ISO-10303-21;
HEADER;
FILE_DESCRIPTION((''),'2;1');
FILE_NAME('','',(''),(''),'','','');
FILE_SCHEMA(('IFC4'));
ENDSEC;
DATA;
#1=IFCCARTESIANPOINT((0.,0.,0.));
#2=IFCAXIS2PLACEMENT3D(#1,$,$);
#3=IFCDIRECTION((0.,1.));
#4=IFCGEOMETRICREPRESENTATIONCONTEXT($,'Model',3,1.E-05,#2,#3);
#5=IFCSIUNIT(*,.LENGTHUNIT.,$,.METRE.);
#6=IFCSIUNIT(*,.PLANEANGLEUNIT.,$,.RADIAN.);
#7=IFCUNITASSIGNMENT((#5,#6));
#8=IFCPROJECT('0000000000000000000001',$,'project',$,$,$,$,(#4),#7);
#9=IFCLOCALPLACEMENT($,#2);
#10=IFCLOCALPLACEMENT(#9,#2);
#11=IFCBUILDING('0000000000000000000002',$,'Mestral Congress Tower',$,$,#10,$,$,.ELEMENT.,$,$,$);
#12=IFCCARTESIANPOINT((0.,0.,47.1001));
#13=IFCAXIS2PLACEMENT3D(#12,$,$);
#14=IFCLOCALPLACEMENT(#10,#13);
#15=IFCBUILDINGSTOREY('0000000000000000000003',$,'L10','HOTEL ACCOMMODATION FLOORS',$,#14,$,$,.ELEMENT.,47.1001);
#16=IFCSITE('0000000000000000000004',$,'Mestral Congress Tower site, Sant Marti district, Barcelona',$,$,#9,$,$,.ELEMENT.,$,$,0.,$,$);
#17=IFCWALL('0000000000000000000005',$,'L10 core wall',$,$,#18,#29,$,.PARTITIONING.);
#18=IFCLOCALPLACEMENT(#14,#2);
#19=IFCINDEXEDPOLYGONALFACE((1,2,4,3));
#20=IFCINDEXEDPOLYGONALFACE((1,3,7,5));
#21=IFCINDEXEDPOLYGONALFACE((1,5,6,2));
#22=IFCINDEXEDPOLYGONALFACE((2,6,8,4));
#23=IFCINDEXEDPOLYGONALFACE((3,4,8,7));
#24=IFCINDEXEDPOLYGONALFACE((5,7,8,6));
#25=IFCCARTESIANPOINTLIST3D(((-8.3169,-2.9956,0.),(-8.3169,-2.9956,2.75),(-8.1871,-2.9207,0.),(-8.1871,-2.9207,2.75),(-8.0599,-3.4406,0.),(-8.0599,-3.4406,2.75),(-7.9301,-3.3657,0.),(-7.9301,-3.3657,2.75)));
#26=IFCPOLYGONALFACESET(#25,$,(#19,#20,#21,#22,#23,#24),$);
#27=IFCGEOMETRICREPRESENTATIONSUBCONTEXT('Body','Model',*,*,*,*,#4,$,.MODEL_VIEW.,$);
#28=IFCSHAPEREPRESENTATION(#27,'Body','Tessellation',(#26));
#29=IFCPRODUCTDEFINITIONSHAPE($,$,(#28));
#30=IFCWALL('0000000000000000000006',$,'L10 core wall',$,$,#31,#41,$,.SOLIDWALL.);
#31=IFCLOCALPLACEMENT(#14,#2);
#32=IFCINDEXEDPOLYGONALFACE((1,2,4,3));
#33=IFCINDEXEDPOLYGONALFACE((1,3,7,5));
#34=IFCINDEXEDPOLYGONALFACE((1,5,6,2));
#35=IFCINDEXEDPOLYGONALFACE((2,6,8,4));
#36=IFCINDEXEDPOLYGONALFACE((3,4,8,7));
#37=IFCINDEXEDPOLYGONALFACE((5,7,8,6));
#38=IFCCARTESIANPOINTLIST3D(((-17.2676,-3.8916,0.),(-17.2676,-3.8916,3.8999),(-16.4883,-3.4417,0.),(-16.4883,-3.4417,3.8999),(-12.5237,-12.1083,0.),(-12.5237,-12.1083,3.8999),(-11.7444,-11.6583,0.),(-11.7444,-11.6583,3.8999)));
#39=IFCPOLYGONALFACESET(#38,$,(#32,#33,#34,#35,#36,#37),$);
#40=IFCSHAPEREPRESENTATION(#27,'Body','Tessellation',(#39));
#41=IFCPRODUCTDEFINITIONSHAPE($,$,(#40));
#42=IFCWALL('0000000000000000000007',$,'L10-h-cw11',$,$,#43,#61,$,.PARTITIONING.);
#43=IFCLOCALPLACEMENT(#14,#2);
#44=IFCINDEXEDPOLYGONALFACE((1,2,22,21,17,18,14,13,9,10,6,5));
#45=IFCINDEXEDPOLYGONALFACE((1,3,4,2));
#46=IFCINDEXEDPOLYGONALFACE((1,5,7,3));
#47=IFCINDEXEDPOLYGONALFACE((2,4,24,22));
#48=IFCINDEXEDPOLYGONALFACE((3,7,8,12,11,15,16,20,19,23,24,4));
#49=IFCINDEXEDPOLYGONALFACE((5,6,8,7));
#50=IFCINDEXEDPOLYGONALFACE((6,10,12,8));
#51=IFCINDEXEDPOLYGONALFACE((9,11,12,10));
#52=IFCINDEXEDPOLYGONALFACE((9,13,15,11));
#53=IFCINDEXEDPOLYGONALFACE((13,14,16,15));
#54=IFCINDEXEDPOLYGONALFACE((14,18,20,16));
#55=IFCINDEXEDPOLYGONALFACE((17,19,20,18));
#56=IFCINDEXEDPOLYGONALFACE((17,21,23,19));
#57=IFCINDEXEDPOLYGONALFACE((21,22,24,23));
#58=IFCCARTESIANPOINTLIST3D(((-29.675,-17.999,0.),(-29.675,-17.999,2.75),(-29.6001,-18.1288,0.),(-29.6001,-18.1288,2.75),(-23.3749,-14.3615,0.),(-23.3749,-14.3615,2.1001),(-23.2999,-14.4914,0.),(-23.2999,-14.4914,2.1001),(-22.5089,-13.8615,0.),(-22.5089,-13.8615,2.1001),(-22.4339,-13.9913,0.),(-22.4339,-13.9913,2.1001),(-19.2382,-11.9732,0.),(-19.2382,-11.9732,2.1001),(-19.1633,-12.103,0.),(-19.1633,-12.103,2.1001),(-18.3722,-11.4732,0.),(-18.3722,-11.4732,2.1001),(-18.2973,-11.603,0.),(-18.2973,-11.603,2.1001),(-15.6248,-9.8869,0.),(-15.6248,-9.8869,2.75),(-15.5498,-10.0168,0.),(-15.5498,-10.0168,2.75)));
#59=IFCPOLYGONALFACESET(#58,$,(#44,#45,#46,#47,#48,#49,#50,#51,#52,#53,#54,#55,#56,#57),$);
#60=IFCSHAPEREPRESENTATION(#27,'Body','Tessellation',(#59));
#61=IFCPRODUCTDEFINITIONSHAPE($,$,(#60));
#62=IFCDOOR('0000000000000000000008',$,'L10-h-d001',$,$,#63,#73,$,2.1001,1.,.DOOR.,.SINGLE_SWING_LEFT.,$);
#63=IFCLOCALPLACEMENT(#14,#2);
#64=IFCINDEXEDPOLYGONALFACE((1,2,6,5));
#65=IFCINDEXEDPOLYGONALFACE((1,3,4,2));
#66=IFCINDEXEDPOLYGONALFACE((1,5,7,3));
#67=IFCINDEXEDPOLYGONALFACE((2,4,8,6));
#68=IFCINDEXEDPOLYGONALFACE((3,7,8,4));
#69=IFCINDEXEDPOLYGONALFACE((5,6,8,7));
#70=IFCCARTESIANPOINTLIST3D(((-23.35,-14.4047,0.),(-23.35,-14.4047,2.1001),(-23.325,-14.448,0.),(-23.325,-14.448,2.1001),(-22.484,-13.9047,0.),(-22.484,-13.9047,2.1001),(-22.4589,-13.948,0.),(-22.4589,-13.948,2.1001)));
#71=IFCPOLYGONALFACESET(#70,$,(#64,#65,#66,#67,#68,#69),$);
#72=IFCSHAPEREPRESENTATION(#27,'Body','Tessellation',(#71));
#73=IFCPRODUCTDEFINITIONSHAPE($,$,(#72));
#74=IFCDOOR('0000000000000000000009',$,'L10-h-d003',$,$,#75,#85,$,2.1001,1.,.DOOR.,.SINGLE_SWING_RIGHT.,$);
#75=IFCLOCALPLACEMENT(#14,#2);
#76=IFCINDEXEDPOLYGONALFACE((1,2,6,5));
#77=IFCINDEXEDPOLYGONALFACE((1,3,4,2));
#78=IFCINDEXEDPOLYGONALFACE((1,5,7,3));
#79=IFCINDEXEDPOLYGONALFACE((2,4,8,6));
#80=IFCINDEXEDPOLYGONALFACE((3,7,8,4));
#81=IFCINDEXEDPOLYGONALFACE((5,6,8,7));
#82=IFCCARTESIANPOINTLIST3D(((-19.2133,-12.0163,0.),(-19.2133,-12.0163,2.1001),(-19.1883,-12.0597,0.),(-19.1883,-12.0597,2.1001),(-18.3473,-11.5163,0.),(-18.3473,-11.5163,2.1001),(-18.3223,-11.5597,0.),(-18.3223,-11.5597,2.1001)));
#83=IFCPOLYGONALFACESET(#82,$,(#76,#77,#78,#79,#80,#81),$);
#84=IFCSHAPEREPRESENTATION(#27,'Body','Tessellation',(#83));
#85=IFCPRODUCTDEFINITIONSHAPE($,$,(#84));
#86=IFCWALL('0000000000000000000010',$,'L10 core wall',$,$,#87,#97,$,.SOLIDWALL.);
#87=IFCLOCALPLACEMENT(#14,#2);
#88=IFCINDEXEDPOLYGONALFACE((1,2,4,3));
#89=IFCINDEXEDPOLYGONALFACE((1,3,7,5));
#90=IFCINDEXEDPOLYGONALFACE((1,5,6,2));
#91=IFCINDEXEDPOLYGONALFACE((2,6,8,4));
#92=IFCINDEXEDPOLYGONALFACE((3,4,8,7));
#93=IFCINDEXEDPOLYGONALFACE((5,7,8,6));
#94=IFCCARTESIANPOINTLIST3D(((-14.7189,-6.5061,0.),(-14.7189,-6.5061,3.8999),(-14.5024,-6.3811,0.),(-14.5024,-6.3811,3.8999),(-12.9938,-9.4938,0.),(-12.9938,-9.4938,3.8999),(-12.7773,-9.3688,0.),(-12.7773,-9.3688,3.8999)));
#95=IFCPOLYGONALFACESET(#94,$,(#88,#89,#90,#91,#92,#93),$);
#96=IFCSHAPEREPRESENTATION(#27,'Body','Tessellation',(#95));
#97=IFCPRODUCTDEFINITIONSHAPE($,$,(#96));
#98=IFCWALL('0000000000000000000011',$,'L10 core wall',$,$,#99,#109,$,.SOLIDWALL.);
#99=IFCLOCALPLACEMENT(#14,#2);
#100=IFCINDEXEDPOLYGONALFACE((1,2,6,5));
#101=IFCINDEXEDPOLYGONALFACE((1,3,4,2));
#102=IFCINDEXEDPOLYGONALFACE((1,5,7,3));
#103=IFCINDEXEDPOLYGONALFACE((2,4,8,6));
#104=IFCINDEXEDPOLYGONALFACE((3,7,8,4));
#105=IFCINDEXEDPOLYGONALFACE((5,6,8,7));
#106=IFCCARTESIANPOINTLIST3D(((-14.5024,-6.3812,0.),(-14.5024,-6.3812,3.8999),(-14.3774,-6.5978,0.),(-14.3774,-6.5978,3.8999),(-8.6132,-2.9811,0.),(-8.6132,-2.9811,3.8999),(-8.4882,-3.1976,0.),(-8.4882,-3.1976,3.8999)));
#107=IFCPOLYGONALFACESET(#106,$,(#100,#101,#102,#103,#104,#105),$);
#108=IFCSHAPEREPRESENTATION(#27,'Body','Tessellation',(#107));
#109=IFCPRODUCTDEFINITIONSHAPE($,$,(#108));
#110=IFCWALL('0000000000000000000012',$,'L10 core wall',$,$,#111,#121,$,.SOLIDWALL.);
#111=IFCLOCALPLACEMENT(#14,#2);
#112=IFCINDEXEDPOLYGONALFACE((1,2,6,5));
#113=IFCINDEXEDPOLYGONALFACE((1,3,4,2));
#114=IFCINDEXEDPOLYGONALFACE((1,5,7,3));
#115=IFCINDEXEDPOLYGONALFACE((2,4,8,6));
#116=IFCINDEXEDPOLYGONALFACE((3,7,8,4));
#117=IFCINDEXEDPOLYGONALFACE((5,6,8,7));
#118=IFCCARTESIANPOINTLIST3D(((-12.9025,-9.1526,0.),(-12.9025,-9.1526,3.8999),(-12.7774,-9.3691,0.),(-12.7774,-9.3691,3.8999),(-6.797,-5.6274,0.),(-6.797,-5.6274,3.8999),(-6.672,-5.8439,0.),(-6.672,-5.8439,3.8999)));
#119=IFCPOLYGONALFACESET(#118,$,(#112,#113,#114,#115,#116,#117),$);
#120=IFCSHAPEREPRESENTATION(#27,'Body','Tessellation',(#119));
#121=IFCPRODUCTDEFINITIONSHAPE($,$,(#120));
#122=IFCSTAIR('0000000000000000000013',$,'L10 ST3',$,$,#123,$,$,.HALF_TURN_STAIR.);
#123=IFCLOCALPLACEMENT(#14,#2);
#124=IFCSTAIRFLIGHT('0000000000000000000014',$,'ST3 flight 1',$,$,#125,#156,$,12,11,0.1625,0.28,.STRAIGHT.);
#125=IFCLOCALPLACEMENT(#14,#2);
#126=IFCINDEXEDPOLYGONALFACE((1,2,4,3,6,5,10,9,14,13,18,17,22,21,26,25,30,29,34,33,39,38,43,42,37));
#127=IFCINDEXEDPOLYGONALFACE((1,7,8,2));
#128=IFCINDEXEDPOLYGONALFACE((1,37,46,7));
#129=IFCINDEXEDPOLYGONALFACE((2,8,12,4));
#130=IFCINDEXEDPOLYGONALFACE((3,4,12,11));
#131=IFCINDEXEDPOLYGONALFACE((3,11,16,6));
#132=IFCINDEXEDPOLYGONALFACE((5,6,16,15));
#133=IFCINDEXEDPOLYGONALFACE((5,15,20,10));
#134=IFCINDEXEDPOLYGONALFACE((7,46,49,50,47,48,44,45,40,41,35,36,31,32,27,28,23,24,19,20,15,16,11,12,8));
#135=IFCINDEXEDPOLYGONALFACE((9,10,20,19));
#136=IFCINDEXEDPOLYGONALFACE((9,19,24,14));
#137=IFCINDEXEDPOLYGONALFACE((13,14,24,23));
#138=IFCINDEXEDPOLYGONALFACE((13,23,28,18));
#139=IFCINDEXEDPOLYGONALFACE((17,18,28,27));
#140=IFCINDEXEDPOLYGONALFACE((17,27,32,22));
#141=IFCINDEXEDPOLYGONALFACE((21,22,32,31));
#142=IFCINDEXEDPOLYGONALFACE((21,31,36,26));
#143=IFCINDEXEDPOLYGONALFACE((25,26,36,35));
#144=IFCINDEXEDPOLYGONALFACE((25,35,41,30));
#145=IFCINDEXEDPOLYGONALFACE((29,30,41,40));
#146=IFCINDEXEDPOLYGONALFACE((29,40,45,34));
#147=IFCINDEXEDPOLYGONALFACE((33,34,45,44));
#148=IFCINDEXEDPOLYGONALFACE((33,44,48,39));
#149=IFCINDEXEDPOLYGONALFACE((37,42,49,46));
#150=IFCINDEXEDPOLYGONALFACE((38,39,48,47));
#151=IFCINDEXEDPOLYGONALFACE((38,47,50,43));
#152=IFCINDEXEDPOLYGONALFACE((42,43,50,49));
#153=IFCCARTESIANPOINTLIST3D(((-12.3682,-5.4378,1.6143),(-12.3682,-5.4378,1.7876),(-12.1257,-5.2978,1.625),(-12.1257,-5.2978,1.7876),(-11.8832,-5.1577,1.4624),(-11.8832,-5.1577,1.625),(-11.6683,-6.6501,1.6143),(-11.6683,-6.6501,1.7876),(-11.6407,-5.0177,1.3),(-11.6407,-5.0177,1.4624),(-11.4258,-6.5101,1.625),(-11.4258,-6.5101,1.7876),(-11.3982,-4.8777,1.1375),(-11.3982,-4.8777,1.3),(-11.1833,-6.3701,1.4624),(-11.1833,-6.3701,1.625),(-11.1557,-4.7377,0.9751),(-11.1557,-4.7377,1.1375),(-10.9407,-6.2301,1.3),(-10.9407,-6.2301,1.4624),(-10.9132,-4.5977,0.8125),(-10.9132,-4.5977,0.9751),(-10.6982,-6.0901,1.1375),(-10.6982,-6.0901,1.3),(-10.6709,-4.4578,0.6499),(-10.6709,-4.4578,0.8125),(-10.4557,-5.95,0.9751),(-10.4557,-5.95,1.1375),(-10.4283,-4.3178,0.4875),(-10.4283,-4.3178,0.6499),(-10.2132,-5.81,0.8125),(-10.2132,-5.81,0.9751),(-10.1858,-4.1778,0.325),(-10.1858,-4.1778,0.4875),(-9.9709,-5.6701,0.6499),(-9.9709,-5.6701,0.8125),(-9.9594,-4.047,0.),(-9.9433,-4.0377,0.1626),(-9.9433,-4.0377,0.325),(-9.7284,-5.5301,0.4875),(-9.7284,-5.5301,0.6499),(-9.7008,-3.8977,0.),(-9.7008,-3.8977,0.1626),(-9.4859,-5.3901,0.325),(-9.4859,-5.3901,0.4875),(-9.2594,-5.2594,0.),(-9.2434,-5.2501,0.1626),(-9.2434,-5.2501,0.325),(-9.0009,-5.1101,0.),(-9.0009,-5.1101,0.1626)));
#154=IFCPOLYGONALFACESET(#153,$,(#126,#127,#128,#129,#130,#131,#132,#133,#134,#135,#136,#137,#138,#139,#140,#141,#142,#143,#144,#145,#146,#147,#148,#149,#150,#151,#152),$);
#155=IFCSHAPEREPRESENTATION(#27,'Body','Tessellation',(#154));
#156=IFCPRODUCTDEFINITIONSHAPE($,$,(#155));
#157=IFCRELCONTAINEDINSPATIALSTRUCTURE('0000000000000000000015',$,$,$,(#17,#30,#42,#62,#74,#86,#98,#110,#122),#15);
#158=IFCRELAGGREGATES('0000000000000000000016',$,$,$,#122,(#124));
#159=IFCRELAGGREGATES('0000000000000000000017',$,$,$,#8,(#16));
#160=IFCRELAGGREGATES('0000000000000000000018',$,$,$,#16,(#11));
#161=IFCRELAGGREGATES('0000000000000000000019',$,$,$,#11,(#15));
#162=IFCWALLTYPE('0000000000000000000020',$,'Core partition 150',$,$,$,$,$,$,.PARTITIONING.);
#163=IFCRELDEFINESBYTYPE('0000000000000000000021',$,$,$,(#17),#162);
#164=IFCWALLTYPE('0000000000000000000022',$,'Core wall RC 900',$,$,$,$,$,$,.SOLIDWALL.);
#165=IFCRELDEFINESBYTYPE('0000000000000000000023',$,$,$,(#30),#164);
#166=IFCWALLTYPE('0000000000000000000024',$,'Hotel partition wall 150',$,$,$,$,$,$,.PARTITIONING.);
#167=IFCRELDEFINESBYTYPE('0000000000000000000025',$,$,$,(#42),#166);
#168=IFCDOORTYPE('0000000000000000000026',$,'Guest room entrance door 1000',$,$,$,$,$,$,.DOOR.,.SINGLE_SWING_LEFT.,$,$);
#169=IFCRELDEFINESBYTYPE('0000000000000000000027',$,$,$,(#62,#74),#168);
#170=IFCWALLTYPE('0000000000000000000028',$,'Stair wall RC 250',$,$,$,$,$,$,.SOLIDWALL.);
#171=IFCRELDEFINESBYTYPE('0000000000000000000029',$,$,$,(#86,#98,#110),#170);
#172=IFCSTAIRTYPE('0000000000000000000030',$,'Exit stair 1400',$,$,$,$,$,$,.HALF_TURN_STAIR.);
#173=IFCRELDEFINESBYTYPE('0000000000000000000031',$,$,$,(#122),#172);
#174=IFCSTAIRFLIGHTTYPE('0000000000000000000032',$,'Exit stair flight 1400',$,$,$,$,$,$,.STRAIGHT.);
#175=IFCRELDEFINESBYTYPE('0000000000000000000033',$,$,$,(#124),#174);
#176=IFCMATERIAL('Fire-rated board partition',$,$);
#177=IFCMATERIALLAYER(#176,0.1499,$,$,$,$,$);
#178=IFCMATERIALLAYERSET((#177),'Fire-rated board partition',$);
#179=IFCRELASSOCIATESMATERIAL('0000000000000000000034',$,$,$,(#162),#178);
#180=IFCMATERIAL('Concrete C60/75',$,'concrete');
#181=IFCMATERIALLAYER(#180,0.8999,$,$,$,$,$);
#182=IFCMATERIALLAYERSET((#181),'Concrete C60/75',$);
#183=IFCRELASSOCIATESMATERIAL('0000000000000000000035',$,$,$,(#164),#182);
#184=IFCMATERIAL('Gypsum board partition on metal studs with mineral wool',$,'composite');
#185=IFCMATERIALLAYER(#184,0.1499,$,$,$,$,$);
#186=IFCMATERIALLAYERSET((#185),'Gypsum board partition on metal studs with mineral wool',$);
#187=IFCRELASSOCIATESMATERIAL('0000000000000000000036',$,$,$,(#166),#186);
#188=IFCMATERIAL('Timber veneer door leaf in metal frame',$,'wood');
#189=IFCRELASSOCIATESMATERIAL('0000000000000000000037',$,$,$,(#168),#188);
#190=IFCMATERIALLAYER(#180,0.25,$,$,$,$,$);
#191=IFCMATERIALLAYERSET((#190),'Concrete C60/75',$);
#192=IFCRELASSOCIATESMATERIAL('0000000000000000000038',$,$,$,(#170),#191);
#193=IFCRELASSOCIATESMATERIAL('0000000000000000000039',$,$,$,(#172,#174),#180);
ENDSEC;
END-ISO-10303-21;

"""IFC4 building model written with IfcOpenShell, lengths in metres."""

from ifc_helpers import new_model, si_unit, direction, frame, frame_2d, origin, place, context, subcontext, project, spatial, polyline, rectangle, outline, extrude, material, layer, layer_set, type_object, element, fill, aggregate, save


model = new_model("IFC4")

# Units and contexts
model_context = context("Model", 3, precision=1e-05, world=origin(), true_north=direction((0.0, 1.0)))
body_context = subcontext(model_context, "Body", "Model", "MODEL_VIEW")
ifc_project = project(units=[si_unit("LENGTHUNIT", "METRE"), si_unit("PLANEANGLEUNIT", "RADIAN")], contexts=[model_context])

# Site, building, storey
site_placement = place(None, origin())
site = spatial("IfcSite", under=ifc_project, at=site_placement, Name="Mestral Congress Tower site, Sant Marti district, Barcelona", CompositionType="ELEMENT", RefElevation=0.0)
building_placement = place(site_placement, origin())
building = spatial("IfcBuilding", under=site, at=building_placement, Name="Mestral Congress Tower", CompositionType="ELEMENT")
storey_placement = place(building_placement, frame((0.0, 0.0, 47.1001)))
storey = spatial("IfcBuildingStorey", under=building, at=storey_placement, Name="L10", Description="HOTEL ACCOMMODATION FLOORS", CompositionType="ELEMENT", Elevation=47.1001)

# Walls
ifc_material_1 = material(Name="Fire-rated board partition")
ifc_layer_1 = layer(ifc_material_1, 0.1499)
ifc_layer_set_1 = layer_set([ifc_layer_1], Name="Fire-rated board partition")
wall_type_1 = type_object("IfcWallType", Name="Core partition 150", PredefinedType="PARTITIONING", material=ifc_layer_set_1)
wall_1_placement = place(storey_placement, frame((-8.252, -2.9583, 0.0), z_axis=(0.0, 0.0, 1.0), x_axis=(0.500175, -0.865925, 0.0)))
element("IfcWall", 1, at=wall_1_placement, inside=storey, type_object=wall_type_1, Name="L10 core wall", PredefinedType="PARTITIONING", context=body_context, shape_type="SweptSolid", body=[
    extrude(rectangle(XDim=0.5139, YDim=0.1499, at=frame_2d((0.2568, 0.0))), origin(), (0.0, 0.0, 1.0), 2.75),
])
ifc_material_2 = material(Name="Concrete C60/75", Category="concrete")
ifc_layer_2 = layer(ifc_material_2, 0.8999)
ifc_layer_set_2 = layer_set([ifc_layer_2], Name="Concrete C60/75")
wall_type_2 = type_object("IfcWallType", Name="Core wall RC 900", PredefinedType="SOLIDWALL", material=ifc_layer_set_2)
wall_2_placement = place(storey_placement, frame((-12.134, -11.8833, 0.0), z_axis=(0.0, 0.0, 1.0), x_axis=(-0.500005, 0.866022, 0.0)))
element("IfcWall", 2, at=wall_2_placement, inside=storey, type_object=wall_type_2, Name="L10 core wall", PredefinedType="SOLIDWALL", context=body_context, shape_type="SweptSolid", body=[
    extrude(rectangle(XDim=9.4878, YDim=0.8999, at=frame_2d((4.7439, 0.0))), origin(), (0.0, 0.0, 1.0), 3.8999),
])

# Wall, openings, doors
ifc_material_3 = material(Name="Gypsum board partition on metal studs with mineral wool", Category="composite")
ifc_layer_3 = layer(ifc_material_3, 0.1499)
ifc_layer_set_3 = layer_set([ifc_layer_3], Name="Gypsum board partition on metal studs with mineral wool")
wall_type_3 = type_object("IfcWallType", Name="Hotel partition wall 150", PredefinedType="PARTITIONING", material=ifc_layer_set_3)
wall_3_placement = place(storey_placement, frame((-15.5874, -9.9519, 0.0), z_axis=(0.0, 0.0, 1.0), x_axis=(-0.866022, -0.500006, 0.0)))
wall_3 = element("IfcWall", 3, at=wall_3_placement, inside=storey, type_object=wall_type_3, Name="L10-h-cw11", PredefinedType="PARTITIONING", context=body_context, shape_type="SweptSolid", body=[
    extrude(rectangle(XDim=16.2239, YDim=0.1499, at=frame_2d((8.1118, 0.0))), origin(), (0.0, 0.0, 1.0), 2.75),
])
opening_1_placement = place(wall_3_placement, frame((7.949, 0.0, 0.0)))
opening_1 = element("IfcOpeningElement", 4, at=opening_1_placement, cuts=wall_3, PredefinedType="OPENING", context=body_context, shape_type="SweptSolid", body=[
    extrude(rectangle(XDim=1.0, YDim=2.1001, at=frame_2d((0.5, 1.05))), frame((0.0, 0.085, 0.0), z_axis=(0.0, -1.0, 0.0), x_axis=(1.0, 0.0, 0.0)), (0.0, 0.0, 1.0), 0.1699),
])
opening_2_placement = place(wall_3_placement, frame((3.1724, 0.0, 0.0)))
opening_2 = element("IfcOpeningElement", 5, at=opening_2_placement, cuts=wall_3, PredefinedType="OPENING", context=body_context, shape_type="SweptSolid", body=[
    extrude(rectangle(XDim=1.0, YDim=2.1001, at=frame_2d((0.5, 1.05))), frame((0.0, 0.085, 0.0), z_axis=(0.0, -1.0, 0.0), x_axis=(1.0, 0.0, 0.0)), (0.0, 0.0, 1.0), 0.1699),
])
ifc_material_4 = material(Name="Timber veneer door leaf in metal frame", Category="wood")
door_type = type_object("IfcDoorType", Name="Guest room entrance door 1000", OperationType="SINGLE_SWING_LEFT", PredefinedType="DOOR", material=ifc_material_4)
door_1_placement = place(opening_1_placement, origin())
door_1 = element("IfcDoor", 6, at=door_1_placement, inside=storey, type_object=door_type, Name="L10-h-d001", OperationType="SINGLE_SWING_LEFT", OverallHeight=2.1001, OverallWidth=1.0, PredefinedType="DOOR", context=body_context, shape_type="SweptSolid", body=[
    extrude(rectangle(XDim=1.0, YDim=2.1001, at=frame_2d((0.5, 1.05))), frame((0.0, 0.0249, 0.0), z_axis=(0.0, -1.0, 0.0), x_axis=(1.0, 0.0, 0.0)), (0.0, 0.0, 1.0), 0.05),
])
fill(opening_1, door_1)
door_2_placement = place(opening_2_placement, origin())
door_2 = element("IfcDoor", 7, at=door_2_placement, inside=storey, type_object=door_type, Name="L10-h-d003", OperationType="SINGLE_SWING_RIGHT", OverallHeight=2.1001, OverallWidth=1.0, PredefinedType="DOOR", context=body_context, shape_type="SweptSolid", body=[
    extrude(rectangle(XDim=1.0, YDim=2.1001, at=frame_2d((0.5, 1.05))), frame((0.0, 0.0249, 0.0), z_axis=(0.0, -1.0, 0.0), x_axis=(1.0, 0.0, 0.0)), (0.0, 0.0, 1.0), 0.05),
])
fill(opening_2, door_2)

# Walls
ifc_layer_4 = layer(ifc_material_2, 0.25)
ifc_layer_set_4 = layer_set([ifc_layer_4], Name="Concrete C60/75")
wall_type_4 = type_object("IfcWallType", Name="Stair wall RC 250", PredefinedType="SOLIDWALL", material=ifc_layer_set_4)
wall_4_placement = place(storey_placement, frame((-12.8855, -9.4314, 0.0), z_axis=(0.0, 0.0, 1.0), x_axis=(-0.500021, 0.866014, 0.0)))
element("IfcWall", 8, at=wall_4_placement, inside=storey, type_object=wall_type_4, Name="L10 core wall", PredefinedType="SOLIDWALL", context=body_context, shape_type="SweptSolid", body=[
    extrude(rectangle(XDim=3.45, YDim=0.25, at=frame_2d((1.7251, 0.0))), origin(), (0.0, 0.0, 1.0), 3.8999),
])
wall_5_placement = place(storey_placement, frame((-14.4399, -6.4895, 0.0), z_axis=(0.0, 0.0, 1.0), x_axis=(0.866023, 0.500004, 0.0)))
element("IfcWall", 9, at=wall_5_placement, inside=storey, type_object=wall_type_4, Name="L10 core wall", PredefinedType="SOLIDWALL", context=body_context, shape_type="SweptSolid", body=[
    extrude(rectangle(XDim=6.8003, YDim=0.25, at=frame_2d((3.4001, 0.0))), origin(), (0.0, 0.0, 1.0), 3.8999),
])
wall_6_placement = place(storey_placement, frame((-12.8398, -9.2607, 0.0), z_axis=(0.0, 0.0, 1.0), x_axis=(0.866016, 0.500016, 0.0)))
element("IfcWall", 10, at=wall_6_placement, inside=storey, type_object=wall_type_4, Name="L10 core wall", PredefinedType="SOLIDWALL", context=body_context, shape_type="SweptSolid", body=[
    extrude(rectangle(XDim=7.05, YDim=0.25, at=frame_2d((3.5249, 0.0))), origin(), (0.0, 0.0, 1.0), 3.8999),
])

# Stair, stair flight
stair_type = type_object("IfcStairType", Name="Exit stair 1400", PredefinedType="HALF_TURN_STAIR", material=ifc_material_2)
stair_placement = place(storey_placement, origin())
stair = element("IfcStair", 11, at=stair_placement, inside=storey, type_object=stair_type, Name="L10 ST3", PredefinedType="HALF_TURN_STAIR")
stair_flight_type = type_object("IfcStairFlightType", Name="Exit stair flight 1400", PredefinedType="STRAIGHT", material=ifc_material_2)
stair_flight_1_placement = place(storey_placement, frame((-9.3508, -4.5039, 0.0), z_axis=(0.0, 0.0, 1.0), x_axis=(-0.866025, -0.5, 0.0)))
stair_flight_1 = element("IfcStairFlight", 12, at=stair_flight_1_placement, type_object=stair_flight_type, Name="ST3 flight 1", NumberOfRisers=12, NumberOfTreads=11, PredefinedType="STRAIGHT", RiserHeight=0.1625, TreadLength=0.28, context=body_context, shape_type="SweptSolid", body=[
    extrude(outline(polyline([(0.0, 0.0), (0.0, 0.1626), (0.28, 0.1626), (0.28, 0.325), (0.5601, 0.325), (0.5601, 0.4875), (0.8401, 0.4875), (0.8401, 0.6499), (1.1201, 0.6499), (1.1201, 0.8125), (1.3999, 0.8125), (1.3999, 0.9751), (1.6799, 0.9751), (1.6799, 1.1375), (1.96, 1.1375), (1.96, 1.3), (2.24, 1.3), (2.24, 1.4624), (2.52, 1.4624), (2.52, 1.625), (2.8, 1.625), (2.8, 1.7876), (3.0801, 1.7876), (3.0801, 1.95), (3.0801, 1.6143), (0.2986, 0.0), (0.0, 0.0)])), frame((0.0, 0.7, 0.0), z_axis=(0.0, -1.0, 0.0), x_axis=(1.0, 0.0, 0.0)), (0.0, 0.0, 1.0), 1.3999),
])
aggregate(stair, [stair_flight_1])

save(model, "model.ifc")
